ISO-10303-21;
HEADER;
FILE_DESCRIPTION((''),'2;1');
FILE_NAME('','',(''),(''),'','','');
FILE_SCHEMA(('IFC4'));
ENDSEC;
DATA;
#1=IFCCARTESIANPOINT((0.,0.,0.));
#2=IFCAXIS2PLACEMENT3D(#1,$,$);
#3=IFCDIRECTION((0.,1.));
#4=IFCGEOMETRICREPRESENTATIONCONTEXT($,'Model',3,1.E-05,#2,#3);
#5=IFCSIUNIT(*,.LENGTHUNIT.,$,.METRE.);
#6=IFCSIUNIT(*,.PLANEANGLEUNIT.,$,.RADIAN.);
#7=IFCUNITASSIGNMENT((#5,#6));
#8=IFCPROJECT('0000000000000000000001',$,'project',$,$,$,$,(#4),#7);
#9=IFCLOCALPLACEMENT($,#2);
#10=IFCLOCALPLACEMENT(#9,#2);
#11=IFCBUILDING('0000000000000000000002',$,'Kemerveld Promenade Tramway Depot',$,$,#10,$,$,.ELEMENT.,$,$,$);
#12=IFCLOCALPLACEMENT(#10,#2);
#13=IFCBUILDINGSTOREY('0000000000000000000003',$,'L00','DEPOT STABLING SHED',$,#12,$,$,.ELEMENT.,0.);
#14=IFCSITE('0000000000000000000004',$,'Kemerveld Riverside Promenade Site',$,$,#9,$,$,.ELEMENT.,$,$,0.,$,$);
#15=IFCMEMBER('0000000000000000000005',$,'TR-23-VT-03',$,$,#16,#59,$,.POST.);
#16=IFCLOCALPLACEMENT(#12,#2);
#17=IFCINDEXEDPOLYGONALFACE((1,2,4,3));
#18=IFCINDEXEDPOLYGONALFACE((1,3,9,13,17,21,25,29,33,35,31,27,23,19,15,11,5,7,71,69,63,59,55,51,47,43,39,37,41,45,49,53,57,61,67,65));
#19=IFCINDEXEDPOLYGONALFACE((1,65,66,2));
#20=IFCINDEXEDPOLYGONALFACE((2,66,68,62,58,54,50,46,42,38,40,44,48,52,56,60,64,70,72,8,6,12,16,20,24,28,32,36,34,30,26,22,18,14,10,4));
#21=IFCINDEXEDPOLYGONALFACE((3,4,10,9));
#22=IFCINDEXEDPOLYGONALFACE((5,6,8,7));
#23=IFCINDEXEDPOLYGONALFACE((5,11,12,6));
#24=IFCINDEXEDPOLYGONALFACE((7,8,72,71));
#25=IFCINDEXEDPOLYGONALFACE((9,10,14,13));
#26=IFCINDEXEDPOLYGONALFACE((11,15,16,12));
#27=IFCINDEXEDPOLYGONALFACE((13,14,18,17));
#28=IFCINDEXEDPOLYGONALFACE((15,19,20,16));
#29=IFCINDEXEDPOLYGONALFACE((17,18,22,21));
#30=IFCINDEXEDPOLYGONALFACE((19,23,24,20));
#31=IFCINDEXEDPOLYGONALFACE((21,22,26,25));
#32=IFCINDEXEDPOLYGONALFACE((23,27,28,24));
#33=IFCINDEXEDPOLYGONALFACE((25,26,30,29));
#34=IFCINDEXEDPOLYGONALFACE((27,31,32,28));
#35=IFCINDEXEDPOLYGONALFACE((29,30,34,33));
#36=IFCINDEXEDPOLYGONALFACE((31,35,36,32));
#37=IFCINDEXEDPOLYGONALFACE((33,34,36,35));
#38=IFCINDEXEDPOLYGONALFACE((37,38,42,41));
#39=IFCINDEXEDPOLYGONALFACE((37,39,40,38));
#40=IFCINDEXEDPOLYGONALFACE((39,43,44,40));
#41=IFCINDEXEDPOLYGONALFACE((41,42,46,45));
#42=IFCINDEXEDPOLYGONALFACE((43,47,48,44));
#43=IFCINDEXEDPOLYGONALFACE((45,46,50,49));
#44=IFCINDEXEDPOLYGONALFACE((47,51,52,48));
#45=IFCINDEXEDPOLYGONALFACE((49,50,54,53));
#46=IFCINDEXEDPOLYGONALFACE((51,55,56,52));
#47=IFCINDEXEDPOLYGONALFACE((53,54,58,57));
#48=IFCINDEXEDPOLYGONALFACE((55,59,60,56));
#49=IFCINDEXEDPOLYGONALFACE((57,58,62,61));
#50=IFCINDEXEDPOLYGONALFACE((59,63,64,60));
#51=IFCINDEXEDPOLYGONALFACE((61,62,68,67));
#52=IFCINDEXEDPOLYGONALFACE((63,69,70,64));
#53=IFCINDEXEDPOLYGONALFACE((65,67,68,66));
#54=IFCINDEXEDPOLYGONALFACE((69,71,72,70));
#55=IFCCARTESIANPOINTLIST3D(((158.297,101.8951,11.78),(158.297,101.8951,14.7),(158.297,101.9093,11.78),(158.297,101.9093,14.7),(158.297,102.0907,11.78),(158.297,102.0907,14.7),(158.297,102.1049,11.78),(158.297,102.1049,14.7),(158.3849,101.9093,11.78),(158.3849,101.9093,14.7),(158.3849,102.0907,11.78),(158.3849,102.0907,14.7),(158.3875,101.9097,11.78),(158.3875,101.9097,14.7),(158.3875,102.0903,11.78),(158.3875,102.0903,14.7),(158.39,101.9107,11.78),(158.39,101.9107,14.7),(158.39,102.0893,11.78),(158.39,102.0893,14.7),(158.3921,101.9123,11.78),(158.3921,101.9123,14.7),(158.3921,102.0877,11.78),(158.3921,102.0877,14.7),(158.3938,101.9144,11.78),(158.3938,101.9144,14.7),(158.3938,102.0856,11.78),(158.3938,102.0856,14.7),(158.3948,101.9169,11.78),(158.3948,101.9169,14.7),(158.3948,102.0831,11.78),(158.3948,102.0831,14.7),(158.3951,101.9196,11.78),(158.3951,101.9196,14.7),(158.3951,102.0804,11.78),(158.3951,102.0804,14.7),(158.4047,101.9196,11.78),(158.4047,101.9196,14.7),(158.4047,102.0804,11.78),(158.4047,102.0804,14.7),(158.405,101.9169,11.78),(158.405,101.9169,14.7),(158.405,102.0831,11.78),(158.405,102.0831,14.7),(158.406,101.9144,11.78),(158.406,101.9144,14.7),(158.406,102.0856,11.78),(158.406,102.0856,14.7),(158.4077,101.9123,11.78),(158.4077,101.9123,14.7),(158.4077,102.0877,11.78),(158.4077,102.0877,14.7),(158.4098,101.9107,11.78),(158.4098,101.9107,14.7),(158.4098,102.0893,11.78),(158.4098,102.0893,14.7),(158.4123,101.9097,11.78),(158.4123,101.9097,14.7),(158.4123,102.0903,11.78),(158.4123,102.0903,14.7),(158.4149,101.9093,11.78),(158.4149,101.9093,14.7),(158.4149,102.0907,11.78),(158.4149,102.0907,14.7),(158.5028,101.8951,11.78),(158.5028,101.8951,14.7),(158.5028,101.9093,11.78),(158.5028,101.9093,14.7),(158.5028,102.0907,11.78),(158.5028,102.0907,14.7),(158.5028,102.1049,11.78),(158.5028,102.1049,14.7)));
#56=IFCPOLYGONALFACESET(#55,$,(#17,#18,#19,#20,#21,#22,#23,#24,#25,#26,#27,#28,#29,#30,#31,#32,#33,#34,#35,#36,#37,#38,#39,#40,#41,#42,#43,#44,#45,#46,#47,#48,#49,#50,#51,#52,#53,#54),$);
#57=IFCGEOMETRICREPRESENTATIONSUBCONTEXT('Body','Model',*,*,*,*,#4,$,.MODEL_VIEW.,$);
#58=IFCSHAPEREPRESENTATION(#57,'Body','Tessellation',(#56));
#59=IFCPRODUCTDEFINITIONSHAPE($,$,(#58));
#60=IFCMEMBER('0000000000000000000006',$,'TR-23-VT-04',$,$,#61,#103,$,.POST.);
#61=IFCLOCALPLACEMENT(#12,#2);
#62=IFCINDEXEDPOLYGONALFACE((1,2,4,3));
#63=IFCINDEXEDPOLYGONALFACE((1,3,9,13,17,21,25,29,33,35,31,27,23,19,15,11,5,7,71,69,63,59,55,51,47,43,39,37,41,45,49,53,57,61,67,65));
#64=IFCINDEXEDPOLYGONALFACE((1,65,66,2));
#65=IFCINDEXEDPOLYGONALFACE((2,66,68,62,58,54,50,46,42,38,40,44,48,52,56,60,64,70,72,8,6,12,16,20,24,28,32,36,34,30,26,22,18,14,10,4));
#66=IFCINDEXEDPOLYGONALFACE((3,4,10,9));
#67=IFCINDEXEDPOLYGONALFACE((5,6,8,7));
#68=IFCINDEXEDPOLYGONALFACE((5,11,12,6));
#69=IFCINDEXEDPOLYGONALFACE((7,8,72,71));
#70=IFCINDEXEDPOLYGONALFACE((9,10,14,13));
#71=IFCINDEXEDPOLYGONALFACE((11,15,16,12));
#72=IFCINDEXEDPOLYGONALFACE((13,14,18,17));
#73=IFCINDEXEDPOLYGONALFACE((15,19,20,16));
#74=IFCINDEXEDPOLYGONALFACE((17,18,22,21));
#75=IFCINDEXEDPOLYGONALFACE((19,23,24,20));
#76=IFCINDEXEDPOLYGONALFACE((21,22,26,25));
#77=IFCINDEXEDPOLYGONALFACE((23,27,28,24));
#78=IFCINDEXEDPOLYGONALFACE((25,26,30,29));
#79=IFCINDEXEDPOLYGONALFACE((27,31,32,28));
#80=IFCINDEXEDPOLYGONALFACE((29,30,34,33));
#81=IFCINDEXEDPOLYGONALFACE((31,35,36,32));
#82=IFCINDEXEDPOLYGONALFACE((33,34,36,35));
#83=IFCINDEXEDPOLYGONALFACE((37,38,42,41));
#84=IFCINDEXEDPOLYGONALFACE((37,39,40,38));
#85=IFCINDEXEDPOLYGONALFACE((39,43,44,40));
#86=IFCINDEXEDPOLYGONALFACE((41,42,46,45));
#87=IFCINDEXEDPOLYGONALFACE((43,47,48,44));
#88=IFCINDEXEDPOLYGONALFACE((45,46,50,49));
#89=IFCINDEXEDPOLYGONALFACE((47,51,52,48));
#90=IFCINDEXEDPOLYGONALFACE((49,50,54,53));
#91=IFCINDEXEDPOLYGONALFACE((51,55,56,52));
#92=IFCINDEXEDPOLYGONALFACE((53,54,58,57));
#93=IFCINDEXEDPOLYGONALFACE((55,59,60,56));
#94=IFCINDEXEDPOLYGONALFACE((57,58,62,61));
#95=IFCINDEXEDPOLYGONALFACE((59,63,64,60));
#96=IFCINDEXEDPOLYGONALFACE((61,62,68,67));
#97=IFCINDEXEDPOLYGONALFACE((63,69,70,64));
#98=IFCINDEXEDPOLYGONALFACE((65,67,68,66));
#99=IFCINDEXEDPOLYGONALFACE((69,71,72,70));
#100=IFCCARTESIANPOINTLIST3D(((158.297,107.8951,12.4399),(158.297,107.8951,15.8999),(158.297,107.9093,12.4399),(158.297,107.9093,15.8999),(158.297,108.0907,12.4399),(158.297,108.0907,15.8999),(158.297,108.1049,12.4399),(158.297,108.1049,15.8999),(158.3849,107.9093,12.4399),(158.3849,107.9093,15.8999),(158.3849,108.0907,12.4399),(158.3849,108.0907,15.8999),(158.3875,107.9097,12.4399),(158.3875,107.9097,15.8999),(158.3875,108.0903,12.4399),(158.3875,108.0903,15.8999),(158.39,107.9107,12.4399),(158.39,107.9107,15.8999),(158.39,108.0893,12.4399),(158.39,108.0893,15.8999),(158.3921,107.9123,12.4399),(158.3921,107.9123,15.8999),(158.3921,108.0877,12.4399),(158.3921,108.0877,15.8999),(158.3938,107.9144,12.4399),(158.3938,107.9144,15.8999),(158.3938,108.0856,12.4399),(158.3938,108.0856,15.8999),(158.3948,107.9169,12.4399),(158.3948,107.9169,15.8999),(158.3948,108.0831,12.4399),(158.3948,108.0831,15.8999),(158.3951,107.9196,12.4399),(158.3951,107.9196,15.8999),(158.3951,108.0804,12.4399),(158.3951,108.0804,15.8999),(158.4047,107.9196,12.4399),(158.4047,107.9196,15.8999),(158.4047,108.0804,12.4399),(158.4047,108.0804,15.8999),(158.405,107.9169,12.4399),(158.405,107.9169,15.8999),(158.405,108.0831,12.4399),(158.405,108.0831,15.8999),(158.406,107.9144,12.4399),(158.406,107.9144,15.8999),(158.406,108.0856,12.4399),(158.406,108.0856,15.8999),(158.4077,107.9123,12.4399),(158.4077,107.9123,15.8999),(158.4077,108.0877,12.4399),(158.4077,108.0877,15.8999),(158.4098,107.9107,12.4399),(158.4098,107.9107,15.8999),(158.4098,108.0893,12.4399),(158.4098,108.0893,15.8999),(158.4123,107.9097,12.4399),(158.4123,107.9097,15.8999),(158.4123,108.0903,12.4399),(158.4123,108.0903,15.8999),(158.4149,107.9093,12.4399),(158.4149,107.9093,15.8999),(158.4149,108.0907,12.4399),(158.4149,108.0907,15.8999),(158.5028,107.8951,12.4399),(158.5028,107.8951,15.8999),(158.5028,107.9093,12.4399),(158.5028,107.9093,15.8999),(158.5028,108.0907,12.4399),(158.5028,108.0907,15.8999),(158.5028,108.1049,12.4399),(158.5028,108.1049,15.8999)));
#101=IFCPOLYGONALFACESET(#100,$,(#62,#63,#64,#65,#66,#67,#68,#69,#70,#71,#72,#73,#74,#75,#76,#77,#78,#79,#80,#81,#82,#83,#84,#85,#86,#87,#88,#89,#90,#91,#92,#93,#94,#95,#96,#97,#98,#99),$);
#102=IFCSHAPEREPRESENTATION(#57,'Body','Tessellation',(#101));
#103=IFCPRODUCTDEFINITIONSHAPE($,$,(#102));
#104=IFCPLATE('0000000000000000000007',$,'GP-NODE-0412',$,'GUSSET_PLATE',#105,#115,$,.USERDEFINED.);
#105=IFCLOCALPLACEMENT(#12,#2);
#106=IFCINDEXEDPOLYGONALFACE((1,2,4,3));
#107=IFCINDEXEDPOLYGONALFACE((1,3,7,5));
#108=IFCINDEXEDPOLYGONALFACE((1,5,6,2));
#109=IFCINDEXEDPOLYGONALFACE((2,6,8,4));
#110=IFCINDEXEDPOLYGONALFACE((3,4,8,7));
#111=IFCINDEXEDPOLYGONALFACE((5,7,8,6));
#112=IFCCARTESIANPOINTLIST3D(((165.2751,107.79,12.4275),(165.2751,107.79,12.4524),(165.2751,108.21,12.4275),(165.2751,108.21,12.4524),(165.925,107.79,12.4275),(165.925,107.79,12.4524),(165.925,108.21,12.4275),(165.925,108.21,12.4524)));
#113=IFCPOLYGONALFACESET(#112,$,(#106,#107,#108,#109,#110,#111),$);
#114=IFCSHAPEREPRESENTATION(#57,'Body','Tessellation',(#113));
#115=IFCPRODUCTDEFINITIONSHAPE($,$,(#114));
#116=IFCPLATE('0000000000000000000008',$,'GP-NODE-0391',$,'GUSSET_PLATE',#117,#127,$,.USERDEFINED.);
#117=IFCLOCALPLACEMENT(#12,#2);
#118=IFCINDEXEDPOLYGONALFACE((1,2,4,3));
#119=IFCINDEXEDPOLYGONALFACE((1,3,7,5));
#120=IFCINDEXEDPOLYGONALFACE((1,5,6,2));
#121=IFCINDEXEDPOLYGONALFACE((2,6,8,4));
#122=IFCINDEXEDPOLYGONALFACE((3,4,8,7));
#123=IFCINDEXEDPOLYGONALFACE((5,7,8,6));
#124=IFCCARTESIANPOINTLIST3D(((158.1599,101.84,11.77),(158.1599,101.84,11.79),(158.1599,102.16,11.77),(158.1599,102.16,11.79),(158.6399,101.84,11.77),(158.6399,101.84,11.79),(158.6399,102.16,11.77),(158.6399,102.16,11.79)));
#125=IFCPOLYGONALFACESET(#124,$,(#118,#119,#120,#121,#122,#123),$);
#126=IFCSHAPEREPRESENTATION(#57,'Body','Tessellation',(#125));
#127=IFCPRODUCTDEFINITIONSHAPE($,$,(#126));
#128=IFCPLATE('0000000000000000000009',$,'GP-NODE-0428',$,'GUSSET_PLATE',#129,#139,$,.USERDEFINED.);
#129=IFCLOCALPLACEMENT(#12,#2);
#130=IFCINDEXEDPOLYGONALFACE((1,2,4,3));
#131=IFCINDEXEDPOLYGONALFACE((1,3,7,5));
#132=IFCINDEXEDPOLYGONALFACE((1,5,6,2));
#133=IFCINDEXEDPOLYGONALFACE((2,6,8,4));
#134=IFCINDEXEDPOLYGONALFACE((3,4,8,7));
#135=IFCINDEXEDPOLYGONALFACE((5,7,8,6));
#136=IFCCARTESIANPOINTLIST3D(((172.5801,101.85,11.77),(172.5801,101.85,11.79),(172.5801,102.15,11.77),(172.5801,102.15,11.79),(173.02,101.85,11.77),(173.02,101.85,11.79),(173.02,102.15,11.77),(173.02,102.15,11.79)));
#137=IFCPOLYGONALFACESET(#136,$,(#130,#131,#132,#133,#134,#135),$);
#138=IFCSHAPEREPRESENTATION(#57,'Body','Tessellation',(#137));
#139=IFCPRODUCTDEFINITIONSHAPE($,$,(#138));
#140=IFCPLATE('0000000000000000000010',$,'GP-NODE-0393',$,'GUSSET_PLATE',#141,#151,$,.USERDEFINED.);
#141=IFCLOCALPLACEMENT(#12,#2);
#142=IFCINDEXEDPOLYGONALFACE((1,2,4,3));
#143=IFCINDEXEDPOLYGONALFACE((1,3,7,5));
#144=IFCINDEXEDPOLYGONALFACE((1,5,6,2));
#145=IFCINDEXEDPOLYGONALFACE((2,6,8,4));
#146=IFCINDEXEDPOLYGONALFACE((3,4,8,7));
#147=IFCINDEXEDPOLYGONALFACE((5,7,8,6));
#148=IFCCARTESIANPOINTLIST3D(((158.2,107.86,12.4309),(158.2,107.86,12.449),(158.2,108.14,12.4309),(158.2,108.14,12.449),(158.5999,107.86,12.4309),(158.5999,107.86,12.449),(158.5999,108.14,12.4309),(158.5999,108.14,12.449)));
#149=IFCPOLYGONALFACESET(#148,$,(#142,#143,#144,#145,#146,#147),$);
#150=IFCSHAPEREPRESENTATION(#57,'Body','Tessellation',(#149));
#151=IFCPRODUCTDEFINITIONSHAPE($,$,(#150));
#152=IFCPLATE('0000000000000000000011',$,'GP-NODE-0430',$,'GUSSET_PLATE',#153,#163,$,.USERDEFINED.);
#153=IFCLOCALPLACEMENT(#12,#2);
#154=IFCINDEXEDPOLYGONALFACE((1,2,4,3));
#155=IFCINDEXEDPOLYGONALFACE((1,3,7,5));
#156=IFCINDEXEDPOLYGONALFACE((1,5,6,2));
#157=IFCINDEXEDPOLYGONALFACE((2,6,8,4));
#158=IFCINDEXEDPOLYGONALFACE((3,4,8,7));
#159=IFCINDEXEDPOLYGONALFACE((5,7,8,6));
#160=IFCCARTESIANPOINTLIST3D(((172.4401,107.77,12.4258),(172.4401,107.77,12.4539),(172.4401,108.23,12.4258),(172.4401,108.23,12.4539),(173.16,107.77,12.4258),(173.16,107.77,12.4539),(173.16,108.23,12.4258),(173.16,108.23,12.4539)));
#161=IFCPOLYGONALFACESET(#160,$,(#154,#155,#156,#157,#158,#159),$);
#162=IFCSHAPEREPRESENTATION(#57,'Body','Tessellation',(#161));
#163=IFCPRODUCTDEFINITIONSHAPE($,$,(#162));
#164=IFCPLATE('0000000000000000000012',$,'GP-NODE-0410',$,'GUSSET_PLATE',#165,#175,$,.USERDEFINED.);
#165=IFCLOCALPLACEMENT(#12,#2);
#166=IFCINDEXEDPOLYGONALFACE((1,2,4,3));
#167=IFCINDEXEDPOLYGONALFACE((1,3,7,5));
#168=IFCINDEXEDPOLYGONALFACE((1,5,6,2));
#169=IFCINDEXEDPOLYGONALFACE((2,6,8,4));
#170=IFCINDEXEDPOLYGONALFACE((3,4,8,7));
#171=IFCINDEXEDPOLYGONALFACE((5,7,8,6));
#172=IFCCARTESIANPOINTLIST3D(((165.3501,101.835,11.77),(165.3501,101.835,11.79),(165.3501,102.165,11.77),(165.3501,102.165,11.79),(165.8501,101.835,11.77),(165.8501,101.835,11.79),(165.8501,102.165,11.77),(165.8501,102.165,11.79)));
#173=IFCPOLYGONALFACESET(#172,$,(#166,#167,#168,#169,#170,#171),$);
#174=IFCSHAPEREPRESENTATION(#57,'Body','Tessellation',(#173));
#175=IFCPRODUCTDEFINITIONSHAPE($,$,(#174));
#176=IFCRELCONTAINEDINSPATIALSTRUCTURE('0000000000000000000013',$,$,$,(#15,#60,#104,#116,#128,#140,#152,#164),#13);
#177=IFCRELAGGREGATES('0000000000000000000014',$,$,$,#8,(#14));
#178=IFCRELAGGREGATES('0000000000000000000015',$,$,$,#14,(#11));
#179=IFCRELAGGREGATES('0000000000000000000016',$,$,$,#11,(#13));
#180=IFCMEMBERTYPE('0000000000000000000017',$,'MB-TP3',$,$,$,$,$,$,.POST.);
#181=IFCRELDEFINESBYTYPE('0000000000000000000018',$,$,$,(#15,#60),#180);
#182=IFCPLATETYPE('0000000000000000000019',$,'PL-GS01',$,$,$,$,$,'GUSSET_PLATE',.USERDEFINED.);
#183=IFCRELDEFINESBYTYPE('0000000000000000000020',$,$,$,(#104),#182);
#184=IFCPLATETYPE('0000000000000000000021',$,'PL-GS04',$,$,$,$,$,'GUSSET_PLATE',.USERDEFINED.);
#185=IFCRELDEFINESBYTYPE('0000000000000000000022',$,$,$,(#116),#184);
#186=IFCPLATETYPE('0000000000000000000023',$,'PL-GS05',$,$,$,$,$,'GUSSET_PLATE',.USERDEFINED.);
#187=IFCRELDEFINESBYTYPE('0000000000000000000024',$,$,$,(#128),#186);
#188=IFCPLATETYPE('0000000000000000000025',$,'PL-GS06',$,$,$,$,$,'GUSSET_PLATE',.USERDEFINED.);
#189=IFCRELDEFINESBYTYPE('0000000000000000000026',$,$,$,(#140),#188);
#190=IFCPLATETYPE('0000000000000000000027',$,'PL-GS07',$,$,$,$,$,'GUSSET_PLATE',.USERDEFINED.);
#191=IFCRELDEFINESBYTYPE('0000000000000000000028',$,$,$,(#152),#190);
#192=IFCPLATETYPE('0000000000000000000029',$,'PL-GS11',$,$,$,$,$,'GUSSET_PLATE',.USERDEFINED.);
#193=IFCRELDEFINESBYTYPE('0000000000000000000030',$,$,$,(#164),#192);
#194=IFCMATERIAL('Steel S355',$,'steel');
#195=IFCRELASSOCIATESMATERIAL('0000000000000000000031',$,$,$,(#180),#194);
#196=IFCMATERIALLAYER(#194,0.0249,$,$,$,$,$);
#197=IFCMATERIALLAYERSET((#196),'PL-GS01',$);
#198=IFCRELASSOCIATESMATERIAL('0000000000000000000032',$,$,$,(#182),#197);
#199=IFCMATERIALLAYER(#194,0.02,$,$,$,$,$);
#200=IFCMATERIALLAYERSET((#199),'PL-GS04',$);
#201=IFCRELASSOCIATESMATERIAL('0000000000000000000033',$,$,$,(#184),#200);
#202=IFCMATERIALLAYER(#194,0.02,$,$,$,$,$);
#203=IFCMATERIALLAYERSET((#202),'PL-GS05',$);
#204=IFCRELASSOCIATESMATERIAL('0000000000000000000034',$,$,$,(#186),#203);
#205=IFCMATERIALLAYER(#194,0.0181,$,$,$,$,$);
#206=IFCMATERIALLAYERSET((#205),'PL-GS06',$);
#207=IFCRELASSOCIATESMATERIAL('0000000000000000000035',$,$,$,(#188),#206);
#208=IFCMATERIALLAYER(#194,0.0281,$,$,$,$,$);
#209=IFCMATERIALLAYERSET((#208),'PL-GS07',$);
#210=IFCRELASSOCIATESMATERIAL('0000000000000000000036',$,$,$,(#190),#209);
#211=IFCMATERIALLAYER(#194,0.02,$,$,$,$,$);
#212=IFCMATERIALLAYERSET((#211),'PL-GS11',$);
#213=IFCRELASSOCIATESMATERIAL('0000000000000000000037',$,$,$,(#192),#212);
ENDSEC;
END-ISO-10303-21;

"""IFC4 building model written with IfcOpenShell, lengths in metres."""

from ifc_helpers import new_model, si_unit, direction, frame, origin, origin_2d, place, context, subcontext, project, spatial, rectangle, i_section, extrude, material, layer, layer_set, material_profile, profile_set, type_object, element, save


model = new_model("IFC4")

# Units and contexts
model_context = context("Model", 3, precision=1e-05, world=origin(), true_north=direction((0.0, 1.0)))
body_context = subcontext(model_context, "Body", "Model", "MODEL_VIEW")
ifc_project = project(units=[si_unit("LENGTHUNIT", "METRE"), si_unit("PLANEANGLEUNIT", "RADIAN")], contexts=[model_context])

# Site, building, storey
site_placement = place(None, origin())
site = spatial("IfcSite", under=ifc_project, at=site_placement, Name="Kemerveld Riverside Promenade Site", CompositionType="ELEMENT", RefElevation=0.0)
building_placement = place(site_placement, origin())
building = spatial("IfcBuilding", under=site, at=building_placement, Name="Kemerveld Promenade Tramway Depot", CompositionType="ELEMENT")
storey_placement = place(building_placement, origin())
storey = spatial("IfcBuildingStorey", under=building, at=storey_placement, Name="L00", Description="DEPOT STABLING SHED", CompositionType="ELEMENT", Elevation=0.0)

# Members
ifc_material_1 = material(Name="Steel S355", Category="steel")
ifc_material_profile_1 = material_profile(ifc_material_1, i_section(OverallWidth=0.2058, OverallDepth=0.2097, WebThickness=0.0095, FlangeThickness=0.0142, FilletRadius=0.0103, at=origin_2d()), Name="203x203x60 UC")
ifc_profile_set_1 = profile_set([ifc_material_profile_1], Name="Steel S355")
member_type_1 = type_object("IfcMemberType", Name="MB-TP3", PredefinedType="POST", material=ifc_profile_set_1)
member_1_placement = place(storey_placement, frame((158.3999, 102.0, 11.78), z_axis=(0.0, 0.0, 1.0), x_axis=(1.0, 0.0, 0.0)))
element("IfcMember", 1, at=member_1_placement, inside=storey, type_object=member_type_1, Name="TR-23-VT-03", PredefinedType="POST", context=body_context, shape_type="SweptSolid", body=[
    extrude(i_section(OverallWidth=0.2058, OverallDepth=0.2097, WebThickness=0.0095, FlangeThickness=0.0142, FilletRadius=0.0103, at=origin_2d()), origin(), (0.0, 0.0, 1.0), 2.9199),
])
member_2_placement = place(storey_placement, frame((158.3999, 108.0, 12.4399), z_axis=(0.0, 0.0, 1.0), x_axis=(1.0, 0.0, 0.0)))
element("IfcMember", 2, at=member_2_placement, inside=storey, type_object=member_type_1, Name="TR-23-VT-04", PredefinedType="POST", context=body_context, shape_type="SweptSolid", body=[
    extrude(i_section(OverallWidth=0.2058, OverallDepth=0.2097, WebThickness=0.0095, FlangeThickness=0.0142, FilletRadius=0.0103, at=origin_2d()), origin(), (0.0, 0.0, 1.0), 3.46),
])

# Plates
ifc_layer_1 = layer(ifc_material_1, 0.0249)
ifc_layer_set_1 = layer_set([ifc_layer_1], Name="PL-GS01")
plate_type_1 = type_object("IfcPlateType", Name="PL-GS01", ElementType="GUSSET_PLATE", PredefinedType="USERDEFINED", material=ifc_layer_set_1)
plate_1_placement = place(storey_placement, frame((165.6001, 108.0, 12.4275), z_axis=(0.0, 0.0, 1.0), x_axis=(1.0, 0.0, 0.0)))
element("IfcPlate", 3, at=plate_1_placement, inside=storey, type_object=plate_type_1, Name="GP-NODE-0412", ObjectType="GUSSET_PLATE", PredefinedType="USERDEFINED", context=body_context, shape_type="SweptSolid", body=[
    extrude(rectangle(XDim=0.6499, YDim=0.4199, at=origin_2d()), origin(), (0.0, 0.0, 1.0), 0.0249),
])
ifc_layer_2 = layer(ifc_material_1, 0.02)
ifc_layer_set_2 = layer_set([ifc_layer_2], Name="PL-GS04")
plate_type_2 = type_object("IfcPlateType", Name="PL-GS04", ElementType="GUSSET_PLATE", PredefinedType="USERDEFINED", material=ifc_layer_set_2)
plate_2_placement = place(storey_placement, frame((158.3999, 102.0, 11.77), z_axis=(0.0, 0.0, 1.0), x_axis=(1.0, 0.0, 0.0)))
element("IfcPlate", 4, at=plate_2_placement, inside=storey, type_object=plate_type_2, Name="GP-NODE-0391", ObjectType="GUSSET_PLATE", PredefinedType="USERDEFINED", context=body_context, shape_type="SweptSolid", body=[
    extrude(rectangle(XDim=0.48, YDim=0.3201, at=origin_2d()), origin(), (0.0, 0.0, 1.0), 0.02),
])
ifc_layer_3 = layer(ifc_material_1, 0.02)
ifc_layer_set_3 = layer_set([ifc_layer_3], Name="PL-GS05")
plate_type_3 = type_object("IfcPlateType", Name="PL-GS05", ElementType="GUSSET_PLATE", PredefinedType="USERDEFINED", material=ifc_layer_set_3)
plate_3_placement = place(storey_placement, frame((172.8, 102.0, 11.77), z_axis=(0.0, 0.0, 1.0), x_axis=(1.0, 0.0, 0.0)))
element("IfcPlate", 5, at=plate_3_placement, inside=storey, type_object=plate_type_3, Name="GP-NODE-0428", ObjectType="GUSSET_PLATE", PredefinedType="USERDEFINED", context=body_context, shape_type="SweptSolid", body=[
    extrude(rectangle(XDim=0.4399, YDim=0.3, at=origin_2d()), origin(), (0.0, 0.0, 1.0), 0.02),
])
ifc_layer_4 = layer(ifc_material_1, 0.0181)
ifc_layer_set_4 = layer_set([ifc_layer_4], Name="PL-GS06")
plate_type_4 = type_object("IfcPlateType", Name="PL-GS06", ElementType="GUSSET_PLATE", PredefinedType="USERDEFINED", material=ifc_layer_set_4)
plate_4_placement = place(storey_placement, frame((158.3999, 108.0, 12.4309), z_axis=(0.0, 0.0, 1.0), x_axis=(1.0, 0.0, 0.0)))
element("IfcPlate", 6, at=plate_4_placement, inside=storey, type_object=plate_type_4, Name="GP-NODE-0393", ObjectType="GUSSET_PLATE", PredefinedType="USERDEFINED", context=body_context, shape_type="SweptSolid", body=[
    extrude(rectangle(XDim=0.3999, YDim=0.28, at=origin_2d()), origin(), (0.0, 0.0, 1.0), 0.0181),
])
ifc_layer_5 = layer(ifc_material_1, 0.0281)
ifc_layer_set_5 = layer_set([ifc_layer_5], Name="PL-GS07")
plate_type_5 = type_object("IfcPlateType", Name="PL-GS07", ElementType="GUSSET_PLATE", PredefinedType="USERDEFINED", material=ifc_layer_set_5)
plate_5_placement = place(storey_placement, frame((172.8, 108.0, 12.4258), z_axis=(0.0, 0.0, 1.0), x_axis=(1.0, 0.0, 0.0)))
element("IfcPlate", 7, at=plate_5_placement, inside=storey, type_object=plate_type_5, Name="GP-NODE-0430", ObjectType="GUSSET_PLATE", PredefinedType="USERDEFINED", context=body_context, shape_type="SweptSolid", body=[
    extrude(rectangle(XDim=0.72, YDim=0.46, at=origin_2d()), origin(), (0.0, 0.0, 1.0), 0.0281),
])
ifc_layer_6 = layer(ifc_material_1, 0.02)
ifc_layer_set_6 = layer_set([ifc_layer_6], Name="PL-GS11")
plate_type_6 = type_object("IfcPlateType", Name="PL-GS11", ElementType="GUSSET_PLATE", PredefinedType="USERDEFINED", material=ifc_layer_set_6)
plate_6_placement = place(storey_placement, frame((165.6001, 102.0, 11.77), z_axis=(0.0, 0.0, 1.0), x_axis=(1.0, 0.0, 0.0)))
element("IfcPlate", 8, at=plate_6_placement, inside=storey, type_object=plate_type_6, Name="GP-NODE-0410", ObjectType="GUSSET_PLATE", PredefinedType="USERDEFINED", context=body_context, shape_type="SweptSolid", body=[
    extrude(rectangle(XDim=0.5, YDim=0.3301, at=origin_2d()), origin(), (0.0, 0.0, 1.0), 0.02),
])

save(model, "model.ifc")
